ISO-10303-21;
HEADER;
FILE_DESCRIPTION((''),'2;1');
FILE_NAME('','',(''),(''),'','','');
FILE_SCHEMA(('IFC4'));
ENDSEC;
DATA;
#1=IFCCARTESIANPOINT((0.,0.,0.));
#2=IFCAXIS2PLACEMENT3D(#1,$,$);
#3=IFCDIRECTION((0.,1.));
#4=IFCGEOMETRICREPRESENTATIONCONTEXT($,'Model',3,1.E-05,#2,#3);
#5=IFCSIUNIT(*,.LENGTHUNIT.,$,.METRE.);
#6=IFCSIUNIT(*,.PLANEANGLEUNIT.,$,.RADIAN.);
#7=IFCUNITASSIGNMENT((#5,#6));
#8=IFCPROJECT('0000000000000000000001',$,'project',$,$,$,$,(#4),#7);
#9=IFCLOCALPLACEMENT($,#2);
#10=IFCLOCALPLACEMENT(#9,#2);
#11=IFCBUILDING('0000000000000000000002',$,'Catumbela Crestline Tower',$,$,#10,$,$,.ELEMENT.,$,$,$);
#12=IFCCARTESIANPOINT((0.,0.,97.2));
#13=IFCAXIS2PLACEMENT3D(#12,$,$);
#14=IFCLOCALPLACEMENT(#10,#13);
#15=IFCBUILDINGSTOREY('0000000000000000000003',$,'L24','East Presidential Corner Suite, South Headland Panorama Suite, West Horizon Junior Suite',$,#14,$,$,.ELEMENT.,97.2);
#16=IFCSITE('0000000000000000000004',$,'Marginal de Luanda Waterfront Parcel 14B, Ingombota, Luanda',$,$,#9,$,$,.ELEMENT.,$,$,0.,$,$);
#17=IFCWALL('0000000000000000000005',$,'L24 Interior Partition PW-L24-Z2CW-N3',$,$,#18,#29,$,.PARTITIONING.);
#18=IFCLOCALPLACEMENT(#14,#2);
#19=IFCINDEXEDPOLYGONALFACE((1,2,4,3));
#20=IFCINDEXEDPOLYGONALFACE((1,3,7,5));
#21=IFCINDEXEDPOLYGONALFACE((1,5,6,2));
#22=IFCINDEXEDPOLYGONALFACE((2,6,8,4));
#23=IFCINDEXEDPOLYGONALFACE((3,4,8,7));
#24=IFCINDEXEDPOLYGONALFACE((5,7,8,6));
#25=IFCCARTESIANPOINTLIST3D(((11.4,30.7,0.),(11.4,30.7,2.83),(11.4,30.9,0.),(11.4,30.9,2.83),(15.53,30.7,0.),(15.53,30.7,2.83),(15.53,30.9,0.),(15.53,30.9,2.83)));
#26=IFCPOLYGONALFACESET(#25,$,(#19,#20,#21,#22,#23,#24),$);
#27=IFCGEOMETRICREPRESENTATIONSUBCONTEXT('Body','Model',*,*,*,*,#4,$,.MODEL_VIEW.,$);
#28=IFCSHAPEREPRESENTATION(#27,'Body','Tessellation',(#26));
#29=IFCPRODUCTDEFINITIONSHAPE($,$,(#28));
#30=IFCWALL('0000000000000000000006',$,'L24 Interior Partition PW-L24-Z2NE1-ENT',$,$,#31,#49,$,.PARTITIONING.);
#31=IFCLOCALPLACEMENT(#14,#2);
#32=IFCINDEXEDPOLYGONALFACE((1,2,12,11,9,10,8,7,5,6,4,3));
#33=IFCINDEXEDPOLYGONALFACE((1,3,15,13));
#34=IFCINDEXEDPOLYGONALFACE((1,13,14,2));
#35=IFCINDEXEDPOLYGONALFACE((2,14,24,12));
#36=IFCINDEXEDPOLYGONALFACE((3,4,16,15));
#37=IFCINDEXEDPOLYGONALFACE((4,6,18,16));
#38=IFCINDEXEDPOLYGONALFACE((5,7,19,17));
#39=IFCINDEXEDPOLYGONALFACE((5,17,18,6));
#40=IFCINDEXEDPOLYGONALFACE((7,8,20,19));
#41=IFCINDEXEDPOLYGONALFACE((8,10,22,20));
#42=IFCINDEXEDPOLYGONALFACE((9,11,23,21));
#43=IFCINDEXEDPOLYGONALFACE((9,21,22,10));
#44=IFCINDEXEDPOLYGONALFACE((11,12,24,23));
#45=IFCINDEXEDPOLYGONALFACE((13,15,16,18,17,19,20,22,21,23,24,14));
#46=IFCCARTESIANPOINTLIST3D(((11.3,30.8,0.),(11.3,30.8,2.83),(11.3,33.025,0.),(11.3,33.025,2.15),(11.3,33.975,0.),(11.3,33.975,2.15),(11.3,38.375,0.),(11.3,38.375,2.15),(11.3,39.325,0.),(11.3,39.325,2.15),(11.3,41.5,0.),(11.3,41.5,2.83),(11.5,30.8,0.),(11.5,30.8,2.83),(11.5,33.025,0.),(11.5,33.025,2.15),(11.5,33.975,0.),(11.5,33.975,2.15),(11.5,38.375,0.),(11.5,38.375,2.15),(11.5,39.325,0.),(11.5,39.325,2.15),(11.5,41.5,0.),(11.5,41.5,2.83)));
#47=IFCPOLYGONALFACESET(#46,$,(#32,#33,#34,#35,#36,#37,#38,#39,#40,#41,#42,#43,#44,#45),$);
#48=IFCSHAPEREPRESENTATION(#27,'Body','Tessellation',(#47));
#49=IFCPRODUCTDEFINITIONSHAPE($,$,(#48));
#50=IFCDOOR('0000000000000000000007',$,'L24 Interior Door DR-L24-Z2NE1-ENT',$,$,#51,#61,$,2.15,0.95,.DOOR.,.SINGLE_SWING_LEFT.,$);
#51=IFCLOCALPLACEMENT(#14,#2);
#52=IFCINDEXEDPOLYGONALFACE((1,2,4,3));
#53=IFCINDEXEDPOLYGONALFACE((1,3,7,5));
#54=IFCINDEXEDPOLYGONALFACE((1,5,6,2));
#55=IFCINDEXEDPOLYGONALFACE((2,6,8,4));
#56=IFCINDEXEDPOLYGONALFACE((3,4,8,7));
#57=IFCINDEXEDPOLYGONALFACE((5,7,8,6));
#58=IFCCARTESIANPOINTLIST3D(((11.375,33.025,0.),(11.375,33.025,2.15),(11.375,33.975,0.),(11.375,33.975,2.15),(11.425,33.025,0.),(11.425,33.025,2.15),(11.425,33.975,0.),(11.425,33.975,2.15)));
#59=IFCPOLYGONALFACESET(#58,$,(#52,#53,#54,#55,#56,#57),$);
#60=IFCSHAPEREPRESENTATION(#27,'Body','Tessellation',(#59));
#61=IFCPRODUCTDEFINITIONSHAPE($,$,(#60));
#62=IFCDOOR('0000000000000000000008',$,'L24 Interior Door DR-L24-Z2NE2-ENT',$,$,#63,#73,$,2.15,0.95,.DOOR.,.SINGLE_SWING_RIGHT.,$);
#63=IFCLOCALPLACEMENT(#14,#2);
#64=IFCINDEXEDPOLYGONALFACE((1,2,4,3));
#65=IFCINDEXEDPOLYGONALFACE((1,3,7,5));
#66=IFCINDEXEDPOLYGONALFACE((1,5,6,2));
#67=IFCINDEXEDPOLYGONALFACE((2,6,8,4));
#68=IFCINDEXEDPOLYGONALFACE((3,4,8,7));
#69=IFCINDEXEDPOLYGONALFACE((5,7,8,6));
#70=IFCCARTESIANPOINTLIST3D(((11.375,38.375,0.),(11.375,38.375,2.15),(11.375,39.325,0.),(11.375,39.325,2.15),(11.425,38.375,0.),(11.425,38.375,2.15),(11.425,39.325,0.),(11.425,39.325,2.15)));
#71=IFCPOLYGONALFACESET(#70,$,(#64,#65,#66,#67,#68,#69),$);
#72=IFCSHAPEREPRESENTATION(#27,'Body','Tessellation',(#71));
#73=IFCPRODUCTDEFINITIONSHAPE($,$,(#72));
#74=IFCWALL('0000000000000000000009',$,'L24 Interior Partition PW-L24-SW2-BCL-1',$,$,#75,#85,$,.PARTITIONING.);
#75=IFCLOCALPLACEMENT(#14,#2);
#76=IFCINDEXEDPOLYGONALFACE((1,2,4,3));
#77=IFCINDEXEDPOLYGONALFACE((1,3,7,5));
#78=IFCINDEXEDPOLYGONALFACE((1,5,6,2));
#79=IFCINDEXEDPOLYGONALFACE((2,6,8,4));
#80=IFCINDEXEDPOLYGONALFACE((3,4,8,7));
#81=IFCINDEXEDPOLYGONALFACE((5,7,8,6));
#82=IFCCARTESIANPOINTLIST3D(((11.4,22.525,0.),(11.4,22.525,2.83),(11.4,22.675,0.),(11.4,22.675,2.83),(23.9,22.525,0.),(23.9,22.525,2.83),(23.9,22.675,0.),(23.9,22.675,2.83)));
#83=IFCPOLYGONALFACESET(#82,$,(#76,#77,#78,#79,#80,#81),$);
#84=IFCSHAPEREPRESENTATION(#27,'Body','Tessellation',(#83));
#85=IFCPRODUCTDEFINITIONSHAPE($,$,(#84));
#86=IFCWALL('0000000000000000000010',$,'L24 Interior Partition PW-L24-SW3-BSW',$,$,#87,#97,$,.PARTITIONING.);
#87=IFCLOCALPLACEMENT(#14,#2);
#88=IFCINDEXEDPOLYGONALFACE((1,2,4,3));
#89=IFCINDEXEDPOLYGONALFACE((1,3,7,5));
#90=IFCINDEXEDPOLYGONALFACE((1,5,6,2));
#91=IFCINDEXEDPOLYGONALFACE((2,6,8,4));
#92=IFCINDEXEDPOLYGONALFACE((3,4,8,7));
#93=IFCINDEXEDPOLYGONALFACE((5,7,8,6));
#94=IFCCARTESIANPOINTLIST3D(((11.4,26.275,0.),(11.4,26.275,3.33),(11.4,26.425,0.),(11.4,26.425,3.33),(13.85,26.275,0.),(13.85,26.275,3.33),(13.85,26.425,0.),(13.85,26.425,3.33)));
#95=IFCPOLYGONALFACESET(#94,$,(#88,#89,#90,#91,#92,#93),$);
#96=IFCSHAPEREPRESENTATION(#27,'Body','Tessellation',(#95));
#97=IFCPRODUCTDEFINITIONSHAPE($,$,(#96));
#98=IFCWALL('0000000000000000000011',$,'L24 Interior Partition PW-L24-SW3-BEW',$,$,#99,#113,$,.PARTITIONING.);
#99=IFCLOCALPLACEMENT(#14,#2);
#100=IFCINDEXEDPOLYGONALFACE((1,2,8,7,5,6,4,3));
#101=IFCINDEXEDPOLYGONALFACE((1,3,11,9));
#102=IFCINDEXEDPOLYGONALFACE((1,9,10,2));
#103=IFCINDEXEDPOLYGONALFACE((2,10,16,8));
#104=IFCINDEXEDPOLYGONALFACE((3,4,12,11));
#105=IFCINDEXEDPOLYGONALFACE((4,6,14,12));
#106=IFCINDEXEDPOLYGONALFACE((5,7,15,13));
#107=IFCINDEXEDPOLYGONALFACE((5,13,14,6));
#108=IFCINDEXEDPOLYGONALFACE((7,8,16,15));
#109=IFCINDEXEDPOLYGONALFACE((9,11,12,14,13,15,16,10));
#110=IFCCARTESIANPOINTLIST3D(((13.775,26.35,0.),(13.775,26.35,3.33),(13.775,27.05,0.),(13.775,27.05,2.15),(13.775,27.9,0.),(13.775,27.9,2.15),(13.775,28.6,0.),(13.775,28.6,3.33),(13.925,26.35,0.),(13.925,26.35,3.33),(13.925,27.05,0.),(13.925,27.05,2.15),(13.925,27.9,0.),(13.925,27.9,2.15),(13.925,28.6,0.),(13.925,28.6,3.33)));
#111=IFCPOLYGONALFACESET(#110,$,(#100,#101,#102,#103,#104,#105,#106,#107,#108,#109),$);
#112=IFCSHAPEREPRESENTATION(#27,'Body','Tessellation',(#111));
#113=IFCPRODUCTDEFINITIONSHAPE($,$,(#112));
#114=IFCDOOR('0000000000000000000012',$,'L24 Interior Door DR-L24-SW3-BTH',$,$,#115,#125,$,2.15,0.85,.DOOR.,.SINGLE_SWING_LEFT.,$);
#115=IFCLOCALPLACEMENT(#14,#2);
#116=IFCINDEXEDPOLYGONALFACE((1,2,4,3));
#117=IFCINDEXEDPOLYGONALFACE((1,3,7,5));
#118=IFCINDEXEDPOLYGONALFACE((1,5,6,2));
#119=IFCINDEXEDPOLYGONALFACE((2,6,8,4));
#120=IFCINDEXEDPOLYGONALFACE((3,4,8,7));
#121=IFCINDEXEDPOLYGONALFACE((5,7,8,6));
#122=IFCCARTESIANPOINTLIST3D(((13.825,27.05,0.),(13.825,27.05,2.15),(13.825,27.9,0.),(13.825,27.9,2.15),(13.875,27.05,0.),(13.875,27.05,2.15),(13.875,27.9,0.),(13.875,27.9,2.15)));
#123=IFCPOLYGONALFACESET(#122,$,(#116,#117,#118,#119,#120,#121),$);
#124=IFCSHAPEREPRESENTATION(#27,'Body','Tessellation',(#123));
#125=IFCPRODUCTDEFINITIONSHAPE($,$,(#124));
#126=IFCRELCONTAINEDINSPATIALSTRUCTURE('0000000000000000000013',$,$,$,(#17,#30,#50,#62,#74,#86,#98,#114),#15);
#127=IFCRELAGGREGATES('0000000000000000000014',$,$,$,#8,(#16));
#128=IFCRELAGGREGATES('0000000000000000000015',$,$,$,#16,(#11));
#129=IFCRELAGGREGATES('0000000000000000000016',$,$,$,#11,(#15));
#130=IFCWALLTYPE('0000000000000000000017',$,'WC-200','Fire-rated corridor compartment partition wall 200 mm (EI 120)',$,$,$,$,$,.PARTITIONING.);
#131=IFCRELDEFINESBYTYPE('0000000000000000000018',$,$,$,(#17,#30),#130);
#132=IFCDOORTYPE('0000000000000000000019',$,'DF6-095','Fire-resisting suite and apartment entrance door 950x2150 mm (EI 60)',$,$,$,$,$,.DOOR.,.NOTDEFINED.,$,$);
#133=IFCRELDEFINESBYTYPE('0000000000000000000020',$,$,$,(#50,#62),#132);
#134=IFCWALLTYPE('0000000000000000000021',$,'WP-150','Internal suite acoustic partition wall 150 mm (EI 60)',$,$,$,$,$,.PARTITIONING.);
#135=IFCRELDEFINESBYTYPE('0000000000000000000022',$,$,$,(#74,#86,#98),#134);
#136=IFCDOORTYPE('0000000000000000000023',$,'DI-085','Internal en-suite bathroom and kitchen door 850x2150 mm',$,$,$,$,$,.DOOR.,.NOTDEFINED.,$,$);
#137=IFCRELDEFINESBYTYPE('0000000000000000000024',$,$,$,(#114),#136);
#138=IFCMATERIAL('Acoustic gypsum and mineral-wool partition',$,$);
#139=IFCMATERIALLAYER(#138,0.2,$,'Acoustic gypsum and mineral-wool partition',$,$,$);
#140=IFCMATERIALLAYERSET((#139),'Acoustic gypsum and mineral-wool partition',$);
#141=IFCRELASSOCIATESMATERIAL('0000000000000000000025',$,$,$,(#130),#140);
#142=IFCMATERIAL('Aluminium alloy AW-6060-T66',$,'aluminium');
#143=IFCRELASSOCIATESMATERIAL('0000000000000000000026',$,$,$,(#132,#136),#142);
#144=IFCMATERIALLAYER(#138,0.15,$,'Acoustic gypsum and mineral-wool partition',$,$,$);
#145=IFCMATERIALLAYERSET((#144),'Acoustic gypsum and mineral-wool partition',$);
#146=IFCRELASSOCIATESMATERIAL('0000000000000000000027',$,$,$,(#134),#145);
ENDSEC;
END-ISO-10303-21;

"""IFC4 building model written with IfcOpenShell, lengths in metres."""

from ifc_helpers import new_model, si_unit, direction, frame, frame_2d, origin, place, context, subcontext, project, spatial, rectangle, extrude, material, layer, layer_set, type_object, element, fill, save


model = new_model("IFC4")

# Units and contexts
model_context = context("Model", 3, precision=1e-05, world=origin(), true_north=direction((0.0, 1.0)))
body_context = subcontext(model_context, "Body", "Model", "MODEL_VIEW")
ifc_project = project(units=[si_unit("LENGTHUNIT", "METRE"), si_unit("PLANEANGLEUNIT", "RADIAN")], contexts=[model_context])

# Site, building, storey
site_placement = place(None, origin())
site = spatial("IfcSite", under=ifc_project, at=site_placement, Name="Marginal de Luanda Waterfront Parcel 14B, Ingombota, Luanda", CompositionType="ELEMENT", RefElevation=0.0)
building_placement = place(site_placement, origin())
building = spatial("IfcBuilding", under=site, at=building_placement, Name="Catumbela Crestline Tower", CompositionType="ELEMENT")
storey_placement = place(building_placement, frame((0.0, 0.0, 97.2)))
storey = spatial("IfcBuildingStorey", under=building, at=storey_placement, Name="L24", Description="East Presidential Corner Suite, South Headland Panorama Suite, West Horizon Junior Suite", CompositionType="ELEMENT", Elevation=97.2)

# Shared definitions
ifc_material_1 = material(Name="Acoustic gypsum and mineral-wool partition")
ifc_layer_1 = layer(ifc_material_1, 0.2, Name="Acoustic gypsum and mineral-wool partition")
ifc_layer_set_1 = layer_set([ifc_layer_1], Name="Acoustic gypsum and mineral-wool partition")
wall_type_1 = type_object("IfcWallType", Name="WC-200", Description="Fire-rated corridor compartment partition wall 200 mm (EI 120)", PredefinedType="PARTITIONING", material=ifc_layer_set_1)
ifc_material_2 = material(Name="Aluminium alloy AW-6060-T66", Category="aluminium")
door_type_1 = type_object("IfcDoorType", Name="DF6-095", Description="Fire-resisting suite and apartment entrance door 950x2150 mm (EI 60)", OperationType="NOTDEFINED", PredefinedType="DOOR", material=ifc_material_2)

# Wall
wall_1_placement = place(storey_placement, frame((11.4, 30.8, 0.0), z_axis=(0.0, 0.0, 1.0), x_axis=(1.0, 0.0, 0.0)))
element("IfcWall", 1, at=wall_1_placement, inside=storey, type_object=wall_type_1, Name="L24 Interior Partition PW-L24-Z2CW-N3", PredefinedType="PARTITIONING", context=body_context, shape_type="SweptSolid", body=[
    extrude(rectangle(XDim=4.13, YDim=0.2, at=frame_2d((2.065, 0.0))), origin(), (0.0, 0.0, 1.0), 2.83),
])

# Wall, openings, doors
wall_2_placement = place(storey_placement, frame((11.4, 30.8, 0.0), z_axis=(0.0, 0.0, 1.0), x_axis=(0.0, 1.0, 0.0)))
wall_2 = element("IfcWall", 2, at=wall_2_placement, inside=storey, type_object=wall_type_1, Name="L24 Interior Partition PW-L24-Z2NE1-ENT", PredefinedType="PARTITIONING", context=body_context, shape_type="SweptSolid", body=[
    extrude(rectangle(XDim=10.7, YDim=0.2, at=frame_2d((5.35, 0.0))), origin(), (0.0, 0.0, 1.0), 2.83),
])
opening_1_placement = place(wall_2_placement, frame((2.225, 0.0, 0.0)))
opening_1 = element("IfcOpeningElement", 3, at=opening_1_placement, cuts=wall_2, PredefinedType="OPENING", context=body_context, shape_type="SweptSolid", body=[
    extrude(rectangle(XDim=0.95, YDim=2.15, at=frame_2d((0.475, 1.075))), frame((0.0, 0.11, 0.0), z_axis=(0.0, -1.0, 0.0), x_axis=(1.0, 0.0, 0.0)), (0.0, 0.0, 1.0), 0.22),
])
opening_2_placement = place(wall_2_placement, frame((7.575, 0.0, 0.0)))
opening_2 = element("IfcOpeningElement", 4, at=opening_2_placement, cuts=wall_2, PredefinedType="OPENING", context=body_context, shape_type="SweptSolid", body=[
    extrude(rectangle(XDim=0.95, YDim=2.15, at=frame_2d((0.475, 1.075))), frame((0.0, 0.11, 0.0), z_axis=(0.0, -1.0, 0.0), x_axis=(1.0, 0.0, 0.0)), (0.0, 0.0, 1.0), 0.22),
])
door_1_placement = place(opening_1_placement, origin())
door_1 = element("IfcDoor", 5, at=door_1_placement, inside=storey, type_object=door_type_1, Name="L24 Interior Door DR-L24-Z2NE1-ENT", OperationType="SINGLE_SWING_LEFT", OverallHeight=2.15, OverallWidth=0.95, PredefinedType="DOOR", context=body_context, shape_type="SweptSolid", body=[
    extrude(rectangle(XDim=0.95, YDim=2.15, at=frame_2d((0.475, 1.075))), frame((0.0, 0.025, 0.0), z_axis=(0.0, -1.0, 0.0), x_axis=(1.0, 0.0, 0.0)), (0.0, 0.0, 1.0), 0.05),
])
fill(opening_1, door_1)
door_2_placement = place(opening_2_placement, origin())
door_2 = element("IfcDoor", 6, at=door_2_placement, inside=storey, type_object=door_type_1, Name="L24 Interior Door DR-L24-Z2NE2-ENT", OperationType="SINGLE_SWING_RIGHT", OverallHeight=2.15, OverallWidth=0.95, PredefinedType="DOOR", context=body_context, shape_type="SweptSolid", body=[
    extrude(rectangle(XDim=0.95, YDim=2.15, at=frame_2d((0.475, 1.075))), frame((0.0, 0.025, 0.0), z_axis=(0.0, -1.0, 0.0), x_axis=(1.0, 0.0, 0.0)), (0.0, 0.0, 1.0), 0.05),
])
fill(opening_2, door_2)

# Walls
ifc_layer_2 = layer(ifc_material_1, 0.15, Name="Acoustic gypsum and mineral-wool partition")
ifc_layer_set_2 = layer_set([ifc_layer_2], Name="Acoustic gypsum and mineral-wool partition")
wall_type_2 = type_object("IfcWallType", Name="WP-150", Description="Internal suite acoustic partition wall 150 mm (EI 60)", PredefinedType="PARTITIONING", material=ifc_layer_set_2)
wall_3_placement = place(storey_placement, frame((11.4, 22.6, 0.0), z_axis=(0.0, 0.0, 1.0), x_axis=(1.0, 0.0, 0.0)))
element("IfcWall", 7, at=wall_3_placement, inside=storey, type_object=wall_type_2, Name="L24 Interior Partition PW-L24-SW2-BCL-1", PredefinedType="PARTITIONING", context=body_context, shape_type="SweptSolid", body=[
    extrude(rectangle(XDim=12.5, YDim=0.15, at=frame_2d((6.25, 0.0))), origin(), (0.0, 0.0, 1.0), 2.83),
])
wall_4_placement = place(storey_placement, frame((11.4, 26.35, 0.0), z_axis=(0.0, 0.0, 1.0), x_axis=(1.0, 0.0, 0.0)))
element("IfcWall", 8, at=wall_4_placement, inside=storey, type_object=wall_type_2, Name="L24 Interior Partition PW-L24-SW3-BSW", PredefinedType="PARTITIONING", context=body_context, shape_type="SweptSolid", body=[
    extrude(rectangle(XDim=2.45, YDim=0.15, at=frame_2d((1.225, 0.0))), origin(), (0.0, 0.0, 1.0), 3.33),
])

# Wall, opening, door
wall_5_placement = place(storey_placement, frame((13.85, 26.35, 0.0), z_axis=(0.0, 0.0, 1.0), x_axis=(0.0, 1.0, 0.0)))
wall_5 = element("IfcWall", 9, at=wall_5_placement, inside=storey, type_object=wall_type_2, Name="L24 Interior Partition PW-L24-SW3-BEW", PredefinedType="PARTITIONING", context=body_context, shape_type="SweptSolid", body=[
    extrude(rectangle(XDim=2.25, YDim=0.15, at=frame_2d((1.125, 0.0))), origin(), (0.0, 0.0, 1.0), 3.33),
])
opening_3_placement = place(wall_5_placement, frame((0.7, 0.0, 0.0)))
opening_3 = element("IfcOpeningElement", 10, at=opening_3_placement, cuts=wall_5, PredefinedType="OPENING", context=body_context, shape_type="SweptSolid", body=[
    extrude(rectangle(XDim=0.85, YDim=2.15, at=frame_2d((0.425, 1.075))), frame((0.0, 0.085, 0.0), z_axis=(0.0, -1.0, 0.0), x_axis=(1.0, 0.0, 0.0)), (0.0, 0.0, 1.0), 0.17),
])
door_type_2 = type_object("IfcDoorType", Name="DI-085", Description="Internal en-suite bathroom and kitchen door 850x2150 mm", OperationType="NOTDEFINED", PredefinedType="DOOR", material=ifc_material_2)
door_3_placement = place(opening_3_placement, origin())
door_3 = element("IfcDoor", 11, at=door_3_placement, inside=storey, type_object=door_type_2, Name="L24 Interior Door DR-L24-SW3-BTH", OperationType="SINGLE_SWING_LEFT", OverallHeight=2.15, OverallWidth=0.85, PredefinedType="DOOR", context=body_context, shape_type="SweptSolid", body=[
    extrude(rectangle(XDim=0.85, YDim=2.15, at=frame_2d((0.425, 1.075))), frame((0.0, 0.025, 0.0), z_axis=(0.0, -1.0, 0.0), x_axis=(1.0, 0.0, 0.0)), (0.0, 0.0, 1.0), 0.05),
])
fill(opening_3, door_3)

save(model, "model.ifc")
